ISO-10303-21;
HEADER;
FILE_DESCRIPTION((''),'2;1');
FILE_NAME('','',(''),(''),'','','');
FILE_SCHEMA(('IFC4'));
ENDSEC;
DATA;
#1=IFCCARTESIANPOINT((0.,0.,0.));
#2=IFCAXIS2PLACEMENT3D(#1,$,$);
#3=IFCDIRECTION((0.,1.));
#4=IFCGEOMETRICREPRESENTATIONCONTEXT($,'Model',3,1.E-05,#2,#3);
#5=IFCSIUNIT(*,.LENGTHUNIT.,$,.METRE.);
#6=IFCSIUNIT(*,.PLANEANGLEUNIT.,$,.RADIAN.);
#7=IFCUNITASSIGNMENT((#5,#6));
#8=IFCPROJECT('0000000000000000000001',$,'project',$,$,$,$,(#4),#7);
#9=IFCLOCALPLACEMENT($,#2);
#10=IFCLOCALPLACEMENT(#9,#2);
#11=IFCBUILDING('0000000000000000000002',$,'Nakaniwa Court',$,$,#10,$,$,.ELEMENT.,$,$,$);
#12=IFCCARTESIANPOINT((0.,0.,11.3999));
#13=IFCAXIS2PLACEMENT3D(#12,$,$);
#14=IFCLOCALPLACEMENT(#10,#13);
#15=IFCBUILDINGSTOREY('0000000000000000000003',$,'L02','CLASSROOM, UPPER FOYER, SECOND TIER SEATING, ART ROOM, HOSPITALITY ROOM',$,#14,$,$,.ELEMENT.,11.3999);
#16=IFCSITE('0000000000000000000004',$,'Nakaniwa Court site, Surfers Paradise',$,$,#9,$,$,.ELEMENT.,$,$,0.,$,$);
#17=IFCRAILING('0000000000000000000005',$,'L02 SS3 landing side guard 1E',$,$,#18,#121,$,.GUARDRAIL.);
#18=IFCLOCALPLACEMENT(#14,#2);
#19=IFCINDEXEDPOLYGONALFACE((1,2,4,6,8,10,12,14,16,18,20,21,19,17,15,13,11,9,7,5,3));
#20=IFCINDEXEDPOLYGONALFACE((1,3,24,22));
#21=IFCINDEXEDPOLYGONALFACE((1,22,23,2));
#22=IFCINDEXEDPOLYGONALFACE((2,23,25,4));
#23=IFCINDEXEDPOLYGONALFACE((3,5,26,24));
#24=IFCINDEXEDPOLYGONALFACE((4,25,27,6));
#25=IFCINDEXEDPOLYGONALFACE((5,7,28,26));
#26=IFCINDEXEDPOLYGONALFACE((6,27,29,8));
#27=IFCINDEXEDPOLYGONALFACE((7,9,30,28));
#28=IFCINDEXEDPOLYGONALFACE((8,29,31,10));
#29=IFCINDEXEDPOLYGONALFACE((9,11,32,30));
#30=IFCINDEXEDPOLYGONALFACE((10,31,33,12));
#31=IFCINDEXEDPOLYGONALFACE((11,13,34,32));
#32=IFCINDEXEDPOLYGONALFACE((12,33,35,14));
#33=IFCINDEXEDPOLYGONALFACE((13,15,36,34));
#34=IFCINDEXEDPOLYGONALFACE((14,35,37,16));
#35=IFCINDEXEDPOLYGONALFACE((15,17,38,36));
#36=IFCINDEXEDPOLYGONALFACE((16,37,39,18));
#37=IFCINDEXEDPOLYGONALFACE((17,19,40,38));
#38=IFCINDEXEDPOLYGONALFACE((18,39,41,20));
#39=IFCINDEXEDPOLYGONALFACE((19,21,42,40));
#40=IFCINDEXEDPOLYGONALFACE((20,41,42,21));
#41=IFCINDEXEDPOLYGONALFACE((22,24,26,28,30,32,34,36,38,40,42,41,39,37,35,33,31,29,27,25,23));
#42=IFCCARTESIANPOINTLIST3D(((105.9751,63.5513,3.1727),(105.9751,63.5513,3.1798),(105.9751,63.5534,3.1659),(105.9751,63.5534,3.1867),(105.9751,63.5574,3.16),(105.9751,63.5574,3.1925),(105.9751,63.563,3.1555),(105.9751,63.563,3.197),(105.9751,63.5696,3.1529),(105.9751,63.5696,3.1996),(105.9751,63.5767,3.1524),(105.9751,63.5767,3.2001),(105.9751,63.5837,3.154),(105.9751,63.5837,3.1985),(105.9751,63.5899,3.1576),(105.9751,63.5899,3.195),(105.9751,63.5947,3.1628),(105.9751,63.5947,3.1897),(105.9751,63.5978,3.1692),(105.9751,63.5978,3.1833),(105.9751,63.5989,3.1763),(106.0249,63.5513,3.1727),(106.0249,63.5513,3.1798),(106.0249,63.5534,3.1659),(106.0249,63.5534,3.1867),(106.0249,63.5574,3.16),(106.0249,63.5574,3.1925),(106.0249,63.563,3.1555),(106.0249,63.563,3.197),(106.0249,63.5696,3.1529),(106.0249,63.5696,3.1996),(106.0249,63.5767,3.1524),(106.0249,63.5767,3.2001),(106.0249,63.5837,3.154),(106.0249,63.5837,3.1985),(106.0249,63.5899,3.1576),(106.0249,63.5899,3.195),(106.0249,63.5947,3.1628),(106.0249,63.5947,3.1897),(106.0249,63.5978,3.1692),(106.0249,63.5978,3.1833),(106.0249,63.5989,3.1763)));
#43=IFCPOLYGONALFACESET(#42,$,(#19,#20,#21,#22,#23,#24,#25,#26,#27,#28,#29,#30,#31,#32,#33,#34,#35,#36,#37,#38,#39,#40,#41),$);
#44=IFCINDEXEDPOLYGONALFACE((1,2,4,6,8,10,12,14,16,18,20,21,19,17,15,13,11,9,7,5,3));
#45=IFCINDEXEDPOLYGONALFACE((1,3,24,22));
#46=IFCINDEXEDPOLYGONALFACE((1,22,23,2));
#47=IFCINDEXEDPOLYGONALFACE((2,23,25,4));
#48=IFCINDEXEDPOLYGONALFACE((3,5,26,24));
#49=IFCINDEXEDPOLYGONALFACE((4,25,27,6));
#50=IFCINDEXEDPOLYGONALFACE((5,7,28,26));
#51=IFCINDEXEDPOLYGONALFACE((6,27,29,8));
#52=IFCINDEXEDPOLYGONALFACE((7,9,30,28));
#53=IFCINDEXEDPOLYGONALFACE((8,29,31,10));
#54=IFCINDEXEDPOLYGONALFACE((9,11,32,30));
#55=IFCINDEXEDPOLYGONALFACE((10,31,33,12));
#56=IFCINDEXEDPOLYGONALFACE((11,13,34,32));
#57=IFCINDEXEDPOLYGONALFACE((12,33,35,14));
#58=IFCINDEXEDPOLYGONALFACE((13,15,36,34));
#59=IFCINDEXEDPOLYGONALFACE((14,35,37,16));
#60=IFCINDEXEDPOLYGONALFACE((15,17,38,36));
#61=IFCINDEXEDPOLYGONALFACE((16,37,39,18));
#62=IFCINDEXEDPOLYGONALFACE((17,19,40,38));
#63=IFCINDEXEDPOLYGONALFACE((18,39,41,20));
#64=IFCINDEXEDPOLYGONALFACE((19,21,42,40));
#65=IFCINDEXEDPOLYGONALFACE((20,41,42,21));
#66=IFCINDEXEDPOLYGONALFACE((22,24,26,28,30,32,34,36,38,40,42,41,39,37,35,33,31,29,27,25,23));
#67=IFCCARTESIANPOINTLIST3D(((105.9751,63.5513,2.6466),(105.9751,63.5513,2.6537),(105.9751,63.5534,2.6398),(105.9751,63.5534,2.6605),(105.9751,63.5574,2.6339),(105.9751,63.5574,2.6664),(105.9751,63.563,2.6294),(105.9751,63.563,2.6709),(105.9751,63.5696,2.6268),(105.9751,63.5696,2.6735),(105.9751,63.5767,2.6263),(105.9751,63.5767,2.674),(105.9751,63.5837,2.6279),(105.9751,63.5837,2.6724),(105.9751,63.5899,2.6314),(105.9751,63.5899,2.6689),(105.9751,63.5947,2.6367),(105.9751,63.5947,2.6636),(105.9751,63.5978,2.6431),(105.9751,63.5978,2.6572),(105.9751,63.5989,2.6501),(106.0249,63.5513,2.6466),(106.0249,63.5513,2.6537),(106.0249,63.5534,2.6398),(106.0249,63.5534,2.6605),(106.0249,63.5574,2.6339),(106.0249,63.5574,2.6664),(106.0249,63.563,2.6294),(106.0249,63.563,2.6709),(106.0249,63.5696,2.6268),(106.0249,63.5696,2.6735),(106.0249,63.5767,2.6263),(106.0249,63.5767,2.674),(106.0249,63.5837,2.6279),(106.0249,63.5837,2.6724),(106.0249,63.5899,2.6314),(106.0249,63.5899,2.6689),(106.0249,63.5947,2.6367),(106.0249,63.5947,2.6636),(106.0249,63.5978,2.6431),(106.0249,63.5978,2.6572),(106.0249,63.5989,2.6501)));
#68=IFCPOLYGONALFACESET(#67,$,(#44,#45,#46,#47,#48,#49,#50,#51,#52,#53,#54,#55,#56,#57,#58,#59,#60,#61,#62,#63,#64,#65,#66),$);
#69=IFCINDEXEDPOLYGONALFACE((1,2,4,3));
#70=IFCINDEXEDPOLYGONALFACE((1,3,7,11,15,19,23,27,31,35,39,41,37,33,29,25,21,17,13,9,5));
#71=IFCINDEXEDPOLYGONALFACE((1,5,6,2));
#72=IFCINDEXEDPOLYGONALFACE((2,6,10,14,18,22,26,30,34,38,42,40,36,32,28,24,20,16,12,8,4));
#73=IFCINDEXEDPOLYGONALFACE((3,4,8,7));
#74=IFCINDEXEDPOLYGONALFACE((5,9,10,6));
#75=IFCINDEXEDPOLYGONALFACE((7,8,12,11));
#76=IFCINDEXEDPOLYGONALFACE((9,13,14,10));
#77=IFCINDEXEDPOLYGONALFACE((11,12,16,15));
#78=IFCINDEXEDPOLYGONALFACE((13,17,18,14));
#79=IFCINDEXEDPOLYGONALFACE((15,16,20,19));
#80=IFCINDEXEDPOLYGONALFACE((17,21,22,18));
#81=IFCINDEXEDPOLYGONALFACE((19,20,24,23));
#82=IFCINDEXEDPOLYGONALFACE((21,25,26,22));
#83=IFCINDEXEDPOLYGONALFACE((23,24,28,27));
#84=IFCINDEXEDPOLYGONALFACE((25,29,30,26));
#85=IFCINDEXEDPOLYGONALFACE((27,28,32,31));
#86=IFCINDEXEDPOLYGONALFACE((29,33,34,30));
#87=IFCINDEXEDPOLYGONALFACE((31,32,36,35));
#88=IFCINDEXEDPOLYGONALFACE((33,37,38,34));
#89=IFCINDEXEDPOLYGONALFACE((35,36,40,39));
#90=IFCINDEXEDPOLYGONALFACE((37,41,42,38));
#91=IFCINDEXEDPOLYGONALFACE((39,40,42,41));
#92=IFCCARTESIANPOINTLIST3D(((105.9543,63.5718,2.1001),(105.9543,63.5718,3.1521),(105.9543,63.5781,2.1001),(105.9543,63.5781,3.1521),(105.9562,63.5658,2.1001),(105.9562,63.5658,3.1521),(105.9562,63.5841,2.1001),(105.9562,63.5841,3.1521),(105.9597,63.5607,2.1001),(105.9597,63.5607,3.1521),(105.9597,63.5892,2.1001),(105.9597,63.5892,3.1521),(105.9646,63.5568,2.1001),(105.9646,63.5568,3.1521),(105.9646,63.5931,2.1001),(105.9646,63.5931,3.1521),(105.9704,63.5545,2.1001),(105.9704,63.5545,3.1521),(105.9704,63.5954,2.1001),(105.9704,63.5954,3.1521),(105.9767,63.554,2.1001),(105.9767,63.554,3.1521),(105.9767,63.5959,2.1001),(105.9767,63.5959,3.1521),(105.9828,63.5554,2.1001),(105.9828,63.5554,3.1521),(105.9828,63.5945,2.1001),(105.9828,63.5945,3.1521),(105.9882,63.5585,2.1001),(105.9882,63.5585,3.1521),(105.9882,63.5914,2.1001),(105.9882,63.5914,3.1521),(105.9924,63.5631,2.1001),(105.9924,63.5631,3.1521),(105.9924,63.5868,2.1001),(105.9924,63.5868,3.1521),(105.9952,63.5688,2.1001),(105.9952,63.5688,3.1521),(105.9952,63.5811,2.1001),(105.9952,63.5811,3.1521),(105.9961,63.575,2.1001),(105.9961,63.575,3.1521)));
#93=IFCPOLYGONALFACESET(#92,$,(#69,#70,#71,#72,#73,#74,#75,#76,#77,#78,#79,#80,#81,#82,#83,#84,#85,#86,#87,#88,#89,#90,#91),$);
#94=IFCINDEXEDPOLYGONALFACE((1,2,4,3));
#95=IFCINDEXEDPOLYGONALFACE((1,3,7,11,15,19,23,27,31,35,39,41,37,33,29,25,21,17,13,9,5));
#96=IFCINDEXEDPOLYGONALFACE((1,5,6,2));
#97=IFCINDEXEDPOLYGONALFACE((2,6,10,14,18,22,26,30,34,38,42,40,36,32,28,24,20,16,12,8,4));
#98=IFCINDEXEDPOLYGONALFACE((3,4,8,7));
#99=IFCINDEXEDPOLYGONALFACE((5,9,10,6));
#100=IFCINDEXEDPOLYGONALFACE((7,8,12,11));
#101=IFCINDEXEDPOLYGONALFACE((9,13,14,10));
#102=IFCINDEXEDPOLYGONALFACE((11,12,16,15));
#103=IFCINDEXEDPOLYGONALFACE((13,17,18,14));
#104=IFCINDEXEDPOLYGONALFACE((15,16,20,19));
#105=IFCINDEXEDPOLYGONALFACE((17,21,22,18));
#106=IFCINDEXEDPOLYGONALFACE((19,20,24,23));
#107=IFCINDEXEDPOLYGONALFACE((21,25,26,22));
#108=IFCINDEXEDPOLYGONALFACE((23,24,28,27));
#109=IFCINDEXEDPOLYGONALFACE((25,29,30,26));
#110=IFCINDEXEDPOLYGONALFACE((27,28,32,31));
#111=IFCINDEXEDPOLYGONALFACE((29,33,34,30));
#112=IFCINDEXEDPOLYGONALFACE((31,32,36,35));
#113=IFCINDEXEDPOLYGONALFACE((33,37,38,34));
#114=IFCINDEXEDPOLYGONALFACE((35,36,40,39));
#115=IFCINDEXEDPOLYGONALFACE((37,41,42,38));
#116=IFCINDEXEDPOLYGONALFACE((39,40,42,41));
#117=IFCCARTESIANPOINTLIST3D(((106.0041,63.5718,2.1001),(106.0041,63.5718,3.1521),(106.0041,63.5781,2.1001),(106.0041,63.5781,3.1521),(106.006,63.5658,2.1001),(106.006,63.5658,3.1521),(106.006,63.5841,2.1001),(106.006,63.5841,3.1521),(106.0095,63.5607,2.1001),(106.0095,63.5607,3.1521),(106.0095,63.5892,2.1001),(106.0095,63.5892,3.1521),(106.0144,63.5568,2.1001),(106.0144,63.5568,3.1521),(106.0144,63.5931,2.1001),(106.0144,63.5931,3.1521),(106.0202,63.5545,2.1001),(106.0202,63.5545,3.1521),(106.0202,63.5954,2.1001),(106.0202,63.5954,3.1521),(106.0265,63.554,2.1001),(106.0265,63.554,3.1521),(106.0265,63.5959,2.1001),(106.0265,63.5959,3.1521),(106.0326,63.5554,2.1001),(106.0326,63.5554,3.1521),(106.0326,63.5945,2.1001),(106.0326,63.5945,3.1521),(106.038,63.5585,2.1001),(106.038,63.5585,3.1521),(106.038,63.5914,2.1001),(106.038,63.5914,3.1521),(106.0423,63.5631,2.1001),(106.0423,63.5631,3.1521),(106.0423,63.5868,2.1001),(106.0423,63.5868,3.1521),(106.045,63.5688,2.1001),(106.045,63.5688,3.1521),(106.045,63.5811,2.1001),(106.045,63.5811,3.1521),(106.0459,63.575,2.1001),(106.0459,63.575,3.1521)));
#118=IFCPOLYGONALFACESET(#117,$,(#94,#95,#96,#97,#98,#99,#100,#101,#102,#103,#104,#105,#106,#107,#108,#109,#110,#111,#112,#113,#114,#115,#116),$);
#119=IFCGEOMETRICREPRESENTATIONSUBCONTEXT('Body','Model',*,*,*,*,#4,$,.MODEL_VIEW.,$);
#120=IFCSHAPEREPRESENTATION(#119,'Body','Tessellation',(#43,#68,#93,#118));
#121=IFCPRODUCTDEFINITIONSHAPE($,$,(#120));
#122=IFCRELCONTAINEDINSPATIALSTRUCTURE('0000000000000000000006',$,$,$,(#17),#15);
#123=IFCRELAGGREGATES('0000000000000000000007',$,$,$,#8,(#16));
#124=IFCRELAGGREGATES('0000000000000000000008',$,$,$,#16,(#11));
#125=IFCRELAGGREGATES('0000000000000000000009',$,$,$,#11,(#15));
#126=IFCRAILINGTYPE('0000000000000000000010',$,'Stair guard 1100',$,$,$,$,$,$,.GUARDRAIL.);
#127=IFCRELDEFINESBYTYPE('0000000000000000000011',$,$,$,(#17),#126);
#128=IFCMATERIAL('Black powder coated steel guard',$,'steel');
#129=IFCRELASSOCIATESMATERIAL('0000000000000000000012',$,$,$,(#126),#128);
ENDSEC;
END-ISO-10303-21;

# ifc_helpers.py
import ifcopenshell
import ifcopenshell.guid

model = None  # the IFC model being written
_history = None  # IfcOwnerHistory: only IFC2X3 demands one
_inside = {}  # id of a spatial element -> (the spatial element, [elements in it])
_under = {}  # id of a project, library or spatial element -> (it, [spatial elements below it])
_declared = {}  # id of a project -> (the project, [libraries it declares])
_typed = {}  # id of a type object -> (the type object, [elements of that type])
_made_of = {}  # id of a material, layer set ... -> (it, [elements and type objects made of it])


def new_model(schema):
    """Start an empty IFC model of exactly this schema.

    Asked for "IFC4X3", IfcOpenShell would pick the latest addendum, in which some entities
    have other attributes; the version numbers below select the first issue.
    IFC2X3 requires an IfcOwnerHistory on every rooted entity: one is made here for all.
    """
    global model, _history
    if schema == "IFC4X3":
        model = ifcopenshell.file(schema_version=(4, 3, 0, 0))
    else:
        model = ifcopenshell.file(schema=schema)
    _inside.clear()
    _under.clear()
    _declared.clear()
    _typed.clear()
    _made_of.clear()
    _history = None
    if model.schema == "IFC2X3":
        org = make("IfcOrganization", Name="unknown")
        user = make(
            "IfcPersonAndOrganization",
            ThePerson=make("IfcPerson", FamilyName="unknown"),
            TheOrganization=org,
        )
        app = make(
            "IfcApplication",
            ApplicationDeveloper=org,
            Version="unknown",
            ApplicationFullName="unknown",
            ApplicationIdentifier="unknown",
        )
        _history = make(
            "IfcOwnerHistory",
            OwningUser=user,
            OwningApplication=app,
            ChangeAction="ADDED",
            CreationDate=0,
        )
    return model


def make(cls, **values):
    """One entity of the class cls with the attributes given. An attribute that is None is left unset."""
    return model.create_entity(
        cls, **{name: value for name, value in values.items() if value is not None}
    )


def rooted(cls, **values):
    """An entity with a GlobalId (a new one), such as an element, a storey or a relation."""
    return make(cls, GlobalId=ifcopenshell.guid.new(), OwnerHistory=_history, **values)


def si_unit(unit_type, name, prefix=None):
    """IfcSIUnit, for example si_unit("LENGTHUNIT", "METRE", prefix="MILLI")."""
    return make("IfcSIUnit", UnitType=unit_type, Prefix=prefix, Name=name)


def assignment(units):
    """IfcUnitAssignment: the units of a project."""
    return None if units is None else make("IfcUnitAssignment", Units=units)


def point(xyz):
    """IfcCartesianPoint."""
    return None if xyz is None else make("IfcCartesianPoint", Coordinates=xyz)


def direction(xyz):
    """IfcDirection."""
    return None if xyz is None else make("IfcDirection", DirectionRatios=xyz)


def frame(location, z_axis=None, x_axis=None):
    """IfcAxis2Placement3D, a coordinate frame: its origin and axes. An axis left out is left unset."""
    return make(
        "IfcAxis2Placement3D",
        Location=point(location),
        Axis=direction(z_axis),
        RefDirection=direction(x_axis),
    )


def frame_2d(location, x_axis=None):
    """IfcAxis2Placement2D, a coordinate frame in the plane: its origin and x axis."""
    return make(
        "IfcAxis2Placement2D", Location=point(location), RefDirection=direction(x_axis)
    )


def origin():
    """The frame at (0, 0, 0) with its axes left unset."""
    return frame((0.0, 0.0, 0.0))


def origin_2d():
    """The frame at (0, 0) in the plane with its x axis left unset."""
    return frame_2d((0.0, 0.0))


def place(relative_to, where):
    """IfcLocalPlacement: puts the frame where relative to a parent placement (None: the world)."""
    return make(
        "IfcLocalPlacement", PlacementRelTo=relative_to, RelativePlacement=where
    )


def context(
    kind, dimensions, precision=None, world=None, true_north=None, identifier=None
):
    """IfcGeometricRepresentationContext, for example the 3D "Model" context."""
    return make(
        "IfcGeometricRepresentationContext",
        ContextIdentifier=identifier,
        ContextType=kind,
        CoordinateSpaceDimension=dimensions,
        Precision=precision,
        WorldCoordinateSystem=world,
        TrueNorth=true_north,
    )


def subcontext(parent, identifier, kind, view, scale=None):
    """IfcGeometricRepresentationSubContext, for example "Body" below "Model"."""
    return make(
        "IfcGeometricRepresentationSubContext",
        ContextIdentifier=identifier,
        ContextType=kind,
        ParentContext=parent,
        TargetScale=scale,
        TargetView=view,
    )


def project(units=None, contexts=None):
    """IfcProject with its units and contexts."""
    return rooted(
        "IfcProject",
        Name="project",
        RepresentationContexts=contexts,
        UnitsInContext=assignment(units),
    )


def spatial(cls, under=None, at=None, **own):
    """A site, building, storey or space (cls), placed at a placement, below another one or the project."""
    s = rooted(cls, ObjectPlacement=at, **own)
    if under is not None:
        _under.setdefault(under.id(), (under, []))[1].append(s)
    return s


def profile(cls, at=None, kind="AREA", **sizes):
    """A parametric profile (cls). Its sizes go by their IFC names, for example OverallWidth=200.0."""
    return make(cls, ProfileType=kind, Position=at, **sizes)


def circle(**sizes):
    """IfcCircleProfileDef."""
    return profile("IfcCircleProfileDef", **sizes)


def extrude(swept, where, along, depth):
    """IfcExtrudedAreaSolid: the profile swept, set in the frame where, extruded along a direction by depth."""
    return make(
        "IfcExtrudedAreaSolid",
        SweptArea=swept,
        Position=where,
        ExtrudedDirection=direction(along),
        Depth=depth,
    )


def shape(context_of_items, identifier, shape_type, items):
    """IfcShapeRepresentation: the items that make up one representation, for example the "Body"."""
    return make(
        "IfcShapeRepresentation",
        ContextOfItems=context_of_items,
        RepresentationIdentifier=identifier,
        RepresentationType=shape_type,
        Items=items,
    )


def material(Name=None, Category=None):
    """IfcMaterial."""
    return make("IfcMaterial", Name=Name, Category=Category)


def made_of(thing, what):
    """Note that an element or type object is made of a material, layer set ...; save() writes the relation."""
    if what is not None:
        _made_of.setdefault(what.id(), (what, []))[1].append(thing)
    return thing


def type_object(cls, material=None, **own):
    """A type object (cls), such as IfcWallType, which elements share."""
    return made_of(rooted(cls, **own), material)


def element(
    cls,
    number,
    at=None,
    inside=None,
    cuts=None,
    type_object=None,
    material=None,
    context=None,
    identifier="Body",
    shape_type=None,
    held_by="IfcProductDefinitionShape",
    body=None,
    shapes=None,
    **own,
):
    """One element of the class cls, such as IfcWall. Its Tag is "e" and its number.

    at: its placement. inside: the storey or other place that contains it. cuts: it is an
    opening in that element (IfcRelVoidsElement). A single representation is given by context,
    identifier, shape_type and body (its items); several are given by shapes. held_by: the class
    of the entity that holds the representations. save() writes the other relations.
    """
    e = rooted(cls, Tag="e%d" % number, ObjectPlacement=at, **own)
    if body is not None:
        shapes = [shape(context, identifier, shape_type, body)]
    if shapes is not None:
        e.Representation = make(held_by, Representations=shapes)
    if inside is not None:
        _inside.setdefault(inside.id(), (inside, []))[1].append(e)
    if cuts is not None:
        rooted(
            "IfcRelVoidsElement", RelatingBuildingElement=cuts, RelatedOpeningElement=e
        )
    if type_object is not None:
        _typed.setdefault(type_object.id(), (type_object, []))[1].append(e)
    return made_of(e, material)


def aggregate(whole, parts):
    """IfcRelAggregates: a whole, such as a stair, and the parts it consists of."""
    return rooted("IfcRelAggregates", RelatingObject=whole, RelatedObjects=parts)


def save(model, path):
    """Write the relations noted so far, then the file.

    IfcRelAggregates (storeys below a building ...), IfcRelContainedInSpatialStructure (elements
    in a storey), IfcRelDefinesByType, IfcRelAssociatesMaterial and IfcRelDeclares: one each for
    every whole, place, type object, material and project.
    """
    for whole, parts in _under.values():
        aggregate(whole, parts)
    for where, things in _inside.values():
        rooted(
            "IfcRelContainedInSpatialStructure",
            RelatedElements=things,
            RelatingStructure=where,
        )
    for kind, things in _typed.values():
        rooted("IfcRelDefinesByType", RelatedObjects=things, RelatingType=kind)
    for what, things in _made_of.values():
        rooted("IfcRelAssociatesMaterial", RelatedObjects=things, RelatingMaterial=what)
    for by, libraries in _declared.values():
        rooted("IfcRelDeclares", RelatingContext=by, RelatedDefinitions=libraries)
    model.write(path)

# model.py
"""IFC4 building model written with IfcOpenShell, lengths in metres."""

from ifc_helpers import new_model, si_unit, direction, frame, origin, origin_2d, place, context, subcontext, project, spatial, circle, extrude, material, type_object, element, save


model = new_model("IFC4")

# Units and contexts
model_context = context("Model", 3, precision=1e-05, world=origin(), true_north=direction((0.0, 1.0)))
body_context = subcontext(model_context, "Body", "Model", "MODEL_VIEW")
ifc_project = project(units=[si_unit("LENGTHUNIT", "METRE"), si_unit("PLANEANGLEUNIT", "RADIAN")], contexts=[model_context])

# Site, building, storey
site_placement = place(None, origin())
site = spatial("IfcSite", under=ifc_project, at=site_placement, Name="Nakaniwa Court site, Surfers Paradise", CompositionType="ELEMENT", RefElevation=0.0)
building_placement = place(site_placement, origin())
building = spatial("IfcBuilding", under=site, at=building_placement, Name="Nakaniwa Court", CompositionType="ELEMENT")
storey_placement = place(building_placement, frame((0.0, 0.0, 11.3999)))
storey = spatial("IfcBuildingStorey", under=building, at=storey_placement, Name="L02", Description="CLASSROOM, UPPER FOYER, SECOND TIER SEATING, ART ROOM, HOSPITALITY ROOM", CompositionType="ELEMENT", Elevation=11.3999)

# Railing
ifc_material_1 = material(Name="Black powder coated steel guard", Category="steel")
railing_type_1 = type_object("IfcRailingType", Name="Stair guard 1100", PredefinedType="GUARDRAIL", material=ifc_material_1)
railing_1_placement = place(storey_placement, frame((105.9751, 63.575, 2.1001)))
element("IfcRailing", 1, at=railing_1_placement, inside=storey, type_object=railing_type_1, Name="L02 SS3 landing side guard 1E", PredefinedType="GUARDRAIL", context=body_context, shape_type="SweptSolid", body=[
    extrude(circle(Radius=0.0239, at=origin_2d()), frame((0.0, 0.0, 1.0762), z_axis=(1.0, 0.0, 0.0), x_axis=(0.0, 1.0, 0.0)), (0.0, 0.0, 1.0), 0.0498),
    extrude(circle(Radius=0.0239, at=origin_2d()), frame((0.0, 0.0, 0.55), z_axis=(1.0, 0.0, 0.0), x_axis=(0.0, 1.0, 0.0)), (0.0, 0.0, 1.0), 0.0498),
    extrude(circle(Radius=0.021, at=origin_2d()), origin(), (0.0, 0.0, 1.0), 1.052),
    extrude(circle(Radius=0.021, at=origin_2d()), frame((0.0498, 0.0, 0.0)), (0.0, 0.0, 1.0), 1.052),
])

save(model, "model.ifc")
